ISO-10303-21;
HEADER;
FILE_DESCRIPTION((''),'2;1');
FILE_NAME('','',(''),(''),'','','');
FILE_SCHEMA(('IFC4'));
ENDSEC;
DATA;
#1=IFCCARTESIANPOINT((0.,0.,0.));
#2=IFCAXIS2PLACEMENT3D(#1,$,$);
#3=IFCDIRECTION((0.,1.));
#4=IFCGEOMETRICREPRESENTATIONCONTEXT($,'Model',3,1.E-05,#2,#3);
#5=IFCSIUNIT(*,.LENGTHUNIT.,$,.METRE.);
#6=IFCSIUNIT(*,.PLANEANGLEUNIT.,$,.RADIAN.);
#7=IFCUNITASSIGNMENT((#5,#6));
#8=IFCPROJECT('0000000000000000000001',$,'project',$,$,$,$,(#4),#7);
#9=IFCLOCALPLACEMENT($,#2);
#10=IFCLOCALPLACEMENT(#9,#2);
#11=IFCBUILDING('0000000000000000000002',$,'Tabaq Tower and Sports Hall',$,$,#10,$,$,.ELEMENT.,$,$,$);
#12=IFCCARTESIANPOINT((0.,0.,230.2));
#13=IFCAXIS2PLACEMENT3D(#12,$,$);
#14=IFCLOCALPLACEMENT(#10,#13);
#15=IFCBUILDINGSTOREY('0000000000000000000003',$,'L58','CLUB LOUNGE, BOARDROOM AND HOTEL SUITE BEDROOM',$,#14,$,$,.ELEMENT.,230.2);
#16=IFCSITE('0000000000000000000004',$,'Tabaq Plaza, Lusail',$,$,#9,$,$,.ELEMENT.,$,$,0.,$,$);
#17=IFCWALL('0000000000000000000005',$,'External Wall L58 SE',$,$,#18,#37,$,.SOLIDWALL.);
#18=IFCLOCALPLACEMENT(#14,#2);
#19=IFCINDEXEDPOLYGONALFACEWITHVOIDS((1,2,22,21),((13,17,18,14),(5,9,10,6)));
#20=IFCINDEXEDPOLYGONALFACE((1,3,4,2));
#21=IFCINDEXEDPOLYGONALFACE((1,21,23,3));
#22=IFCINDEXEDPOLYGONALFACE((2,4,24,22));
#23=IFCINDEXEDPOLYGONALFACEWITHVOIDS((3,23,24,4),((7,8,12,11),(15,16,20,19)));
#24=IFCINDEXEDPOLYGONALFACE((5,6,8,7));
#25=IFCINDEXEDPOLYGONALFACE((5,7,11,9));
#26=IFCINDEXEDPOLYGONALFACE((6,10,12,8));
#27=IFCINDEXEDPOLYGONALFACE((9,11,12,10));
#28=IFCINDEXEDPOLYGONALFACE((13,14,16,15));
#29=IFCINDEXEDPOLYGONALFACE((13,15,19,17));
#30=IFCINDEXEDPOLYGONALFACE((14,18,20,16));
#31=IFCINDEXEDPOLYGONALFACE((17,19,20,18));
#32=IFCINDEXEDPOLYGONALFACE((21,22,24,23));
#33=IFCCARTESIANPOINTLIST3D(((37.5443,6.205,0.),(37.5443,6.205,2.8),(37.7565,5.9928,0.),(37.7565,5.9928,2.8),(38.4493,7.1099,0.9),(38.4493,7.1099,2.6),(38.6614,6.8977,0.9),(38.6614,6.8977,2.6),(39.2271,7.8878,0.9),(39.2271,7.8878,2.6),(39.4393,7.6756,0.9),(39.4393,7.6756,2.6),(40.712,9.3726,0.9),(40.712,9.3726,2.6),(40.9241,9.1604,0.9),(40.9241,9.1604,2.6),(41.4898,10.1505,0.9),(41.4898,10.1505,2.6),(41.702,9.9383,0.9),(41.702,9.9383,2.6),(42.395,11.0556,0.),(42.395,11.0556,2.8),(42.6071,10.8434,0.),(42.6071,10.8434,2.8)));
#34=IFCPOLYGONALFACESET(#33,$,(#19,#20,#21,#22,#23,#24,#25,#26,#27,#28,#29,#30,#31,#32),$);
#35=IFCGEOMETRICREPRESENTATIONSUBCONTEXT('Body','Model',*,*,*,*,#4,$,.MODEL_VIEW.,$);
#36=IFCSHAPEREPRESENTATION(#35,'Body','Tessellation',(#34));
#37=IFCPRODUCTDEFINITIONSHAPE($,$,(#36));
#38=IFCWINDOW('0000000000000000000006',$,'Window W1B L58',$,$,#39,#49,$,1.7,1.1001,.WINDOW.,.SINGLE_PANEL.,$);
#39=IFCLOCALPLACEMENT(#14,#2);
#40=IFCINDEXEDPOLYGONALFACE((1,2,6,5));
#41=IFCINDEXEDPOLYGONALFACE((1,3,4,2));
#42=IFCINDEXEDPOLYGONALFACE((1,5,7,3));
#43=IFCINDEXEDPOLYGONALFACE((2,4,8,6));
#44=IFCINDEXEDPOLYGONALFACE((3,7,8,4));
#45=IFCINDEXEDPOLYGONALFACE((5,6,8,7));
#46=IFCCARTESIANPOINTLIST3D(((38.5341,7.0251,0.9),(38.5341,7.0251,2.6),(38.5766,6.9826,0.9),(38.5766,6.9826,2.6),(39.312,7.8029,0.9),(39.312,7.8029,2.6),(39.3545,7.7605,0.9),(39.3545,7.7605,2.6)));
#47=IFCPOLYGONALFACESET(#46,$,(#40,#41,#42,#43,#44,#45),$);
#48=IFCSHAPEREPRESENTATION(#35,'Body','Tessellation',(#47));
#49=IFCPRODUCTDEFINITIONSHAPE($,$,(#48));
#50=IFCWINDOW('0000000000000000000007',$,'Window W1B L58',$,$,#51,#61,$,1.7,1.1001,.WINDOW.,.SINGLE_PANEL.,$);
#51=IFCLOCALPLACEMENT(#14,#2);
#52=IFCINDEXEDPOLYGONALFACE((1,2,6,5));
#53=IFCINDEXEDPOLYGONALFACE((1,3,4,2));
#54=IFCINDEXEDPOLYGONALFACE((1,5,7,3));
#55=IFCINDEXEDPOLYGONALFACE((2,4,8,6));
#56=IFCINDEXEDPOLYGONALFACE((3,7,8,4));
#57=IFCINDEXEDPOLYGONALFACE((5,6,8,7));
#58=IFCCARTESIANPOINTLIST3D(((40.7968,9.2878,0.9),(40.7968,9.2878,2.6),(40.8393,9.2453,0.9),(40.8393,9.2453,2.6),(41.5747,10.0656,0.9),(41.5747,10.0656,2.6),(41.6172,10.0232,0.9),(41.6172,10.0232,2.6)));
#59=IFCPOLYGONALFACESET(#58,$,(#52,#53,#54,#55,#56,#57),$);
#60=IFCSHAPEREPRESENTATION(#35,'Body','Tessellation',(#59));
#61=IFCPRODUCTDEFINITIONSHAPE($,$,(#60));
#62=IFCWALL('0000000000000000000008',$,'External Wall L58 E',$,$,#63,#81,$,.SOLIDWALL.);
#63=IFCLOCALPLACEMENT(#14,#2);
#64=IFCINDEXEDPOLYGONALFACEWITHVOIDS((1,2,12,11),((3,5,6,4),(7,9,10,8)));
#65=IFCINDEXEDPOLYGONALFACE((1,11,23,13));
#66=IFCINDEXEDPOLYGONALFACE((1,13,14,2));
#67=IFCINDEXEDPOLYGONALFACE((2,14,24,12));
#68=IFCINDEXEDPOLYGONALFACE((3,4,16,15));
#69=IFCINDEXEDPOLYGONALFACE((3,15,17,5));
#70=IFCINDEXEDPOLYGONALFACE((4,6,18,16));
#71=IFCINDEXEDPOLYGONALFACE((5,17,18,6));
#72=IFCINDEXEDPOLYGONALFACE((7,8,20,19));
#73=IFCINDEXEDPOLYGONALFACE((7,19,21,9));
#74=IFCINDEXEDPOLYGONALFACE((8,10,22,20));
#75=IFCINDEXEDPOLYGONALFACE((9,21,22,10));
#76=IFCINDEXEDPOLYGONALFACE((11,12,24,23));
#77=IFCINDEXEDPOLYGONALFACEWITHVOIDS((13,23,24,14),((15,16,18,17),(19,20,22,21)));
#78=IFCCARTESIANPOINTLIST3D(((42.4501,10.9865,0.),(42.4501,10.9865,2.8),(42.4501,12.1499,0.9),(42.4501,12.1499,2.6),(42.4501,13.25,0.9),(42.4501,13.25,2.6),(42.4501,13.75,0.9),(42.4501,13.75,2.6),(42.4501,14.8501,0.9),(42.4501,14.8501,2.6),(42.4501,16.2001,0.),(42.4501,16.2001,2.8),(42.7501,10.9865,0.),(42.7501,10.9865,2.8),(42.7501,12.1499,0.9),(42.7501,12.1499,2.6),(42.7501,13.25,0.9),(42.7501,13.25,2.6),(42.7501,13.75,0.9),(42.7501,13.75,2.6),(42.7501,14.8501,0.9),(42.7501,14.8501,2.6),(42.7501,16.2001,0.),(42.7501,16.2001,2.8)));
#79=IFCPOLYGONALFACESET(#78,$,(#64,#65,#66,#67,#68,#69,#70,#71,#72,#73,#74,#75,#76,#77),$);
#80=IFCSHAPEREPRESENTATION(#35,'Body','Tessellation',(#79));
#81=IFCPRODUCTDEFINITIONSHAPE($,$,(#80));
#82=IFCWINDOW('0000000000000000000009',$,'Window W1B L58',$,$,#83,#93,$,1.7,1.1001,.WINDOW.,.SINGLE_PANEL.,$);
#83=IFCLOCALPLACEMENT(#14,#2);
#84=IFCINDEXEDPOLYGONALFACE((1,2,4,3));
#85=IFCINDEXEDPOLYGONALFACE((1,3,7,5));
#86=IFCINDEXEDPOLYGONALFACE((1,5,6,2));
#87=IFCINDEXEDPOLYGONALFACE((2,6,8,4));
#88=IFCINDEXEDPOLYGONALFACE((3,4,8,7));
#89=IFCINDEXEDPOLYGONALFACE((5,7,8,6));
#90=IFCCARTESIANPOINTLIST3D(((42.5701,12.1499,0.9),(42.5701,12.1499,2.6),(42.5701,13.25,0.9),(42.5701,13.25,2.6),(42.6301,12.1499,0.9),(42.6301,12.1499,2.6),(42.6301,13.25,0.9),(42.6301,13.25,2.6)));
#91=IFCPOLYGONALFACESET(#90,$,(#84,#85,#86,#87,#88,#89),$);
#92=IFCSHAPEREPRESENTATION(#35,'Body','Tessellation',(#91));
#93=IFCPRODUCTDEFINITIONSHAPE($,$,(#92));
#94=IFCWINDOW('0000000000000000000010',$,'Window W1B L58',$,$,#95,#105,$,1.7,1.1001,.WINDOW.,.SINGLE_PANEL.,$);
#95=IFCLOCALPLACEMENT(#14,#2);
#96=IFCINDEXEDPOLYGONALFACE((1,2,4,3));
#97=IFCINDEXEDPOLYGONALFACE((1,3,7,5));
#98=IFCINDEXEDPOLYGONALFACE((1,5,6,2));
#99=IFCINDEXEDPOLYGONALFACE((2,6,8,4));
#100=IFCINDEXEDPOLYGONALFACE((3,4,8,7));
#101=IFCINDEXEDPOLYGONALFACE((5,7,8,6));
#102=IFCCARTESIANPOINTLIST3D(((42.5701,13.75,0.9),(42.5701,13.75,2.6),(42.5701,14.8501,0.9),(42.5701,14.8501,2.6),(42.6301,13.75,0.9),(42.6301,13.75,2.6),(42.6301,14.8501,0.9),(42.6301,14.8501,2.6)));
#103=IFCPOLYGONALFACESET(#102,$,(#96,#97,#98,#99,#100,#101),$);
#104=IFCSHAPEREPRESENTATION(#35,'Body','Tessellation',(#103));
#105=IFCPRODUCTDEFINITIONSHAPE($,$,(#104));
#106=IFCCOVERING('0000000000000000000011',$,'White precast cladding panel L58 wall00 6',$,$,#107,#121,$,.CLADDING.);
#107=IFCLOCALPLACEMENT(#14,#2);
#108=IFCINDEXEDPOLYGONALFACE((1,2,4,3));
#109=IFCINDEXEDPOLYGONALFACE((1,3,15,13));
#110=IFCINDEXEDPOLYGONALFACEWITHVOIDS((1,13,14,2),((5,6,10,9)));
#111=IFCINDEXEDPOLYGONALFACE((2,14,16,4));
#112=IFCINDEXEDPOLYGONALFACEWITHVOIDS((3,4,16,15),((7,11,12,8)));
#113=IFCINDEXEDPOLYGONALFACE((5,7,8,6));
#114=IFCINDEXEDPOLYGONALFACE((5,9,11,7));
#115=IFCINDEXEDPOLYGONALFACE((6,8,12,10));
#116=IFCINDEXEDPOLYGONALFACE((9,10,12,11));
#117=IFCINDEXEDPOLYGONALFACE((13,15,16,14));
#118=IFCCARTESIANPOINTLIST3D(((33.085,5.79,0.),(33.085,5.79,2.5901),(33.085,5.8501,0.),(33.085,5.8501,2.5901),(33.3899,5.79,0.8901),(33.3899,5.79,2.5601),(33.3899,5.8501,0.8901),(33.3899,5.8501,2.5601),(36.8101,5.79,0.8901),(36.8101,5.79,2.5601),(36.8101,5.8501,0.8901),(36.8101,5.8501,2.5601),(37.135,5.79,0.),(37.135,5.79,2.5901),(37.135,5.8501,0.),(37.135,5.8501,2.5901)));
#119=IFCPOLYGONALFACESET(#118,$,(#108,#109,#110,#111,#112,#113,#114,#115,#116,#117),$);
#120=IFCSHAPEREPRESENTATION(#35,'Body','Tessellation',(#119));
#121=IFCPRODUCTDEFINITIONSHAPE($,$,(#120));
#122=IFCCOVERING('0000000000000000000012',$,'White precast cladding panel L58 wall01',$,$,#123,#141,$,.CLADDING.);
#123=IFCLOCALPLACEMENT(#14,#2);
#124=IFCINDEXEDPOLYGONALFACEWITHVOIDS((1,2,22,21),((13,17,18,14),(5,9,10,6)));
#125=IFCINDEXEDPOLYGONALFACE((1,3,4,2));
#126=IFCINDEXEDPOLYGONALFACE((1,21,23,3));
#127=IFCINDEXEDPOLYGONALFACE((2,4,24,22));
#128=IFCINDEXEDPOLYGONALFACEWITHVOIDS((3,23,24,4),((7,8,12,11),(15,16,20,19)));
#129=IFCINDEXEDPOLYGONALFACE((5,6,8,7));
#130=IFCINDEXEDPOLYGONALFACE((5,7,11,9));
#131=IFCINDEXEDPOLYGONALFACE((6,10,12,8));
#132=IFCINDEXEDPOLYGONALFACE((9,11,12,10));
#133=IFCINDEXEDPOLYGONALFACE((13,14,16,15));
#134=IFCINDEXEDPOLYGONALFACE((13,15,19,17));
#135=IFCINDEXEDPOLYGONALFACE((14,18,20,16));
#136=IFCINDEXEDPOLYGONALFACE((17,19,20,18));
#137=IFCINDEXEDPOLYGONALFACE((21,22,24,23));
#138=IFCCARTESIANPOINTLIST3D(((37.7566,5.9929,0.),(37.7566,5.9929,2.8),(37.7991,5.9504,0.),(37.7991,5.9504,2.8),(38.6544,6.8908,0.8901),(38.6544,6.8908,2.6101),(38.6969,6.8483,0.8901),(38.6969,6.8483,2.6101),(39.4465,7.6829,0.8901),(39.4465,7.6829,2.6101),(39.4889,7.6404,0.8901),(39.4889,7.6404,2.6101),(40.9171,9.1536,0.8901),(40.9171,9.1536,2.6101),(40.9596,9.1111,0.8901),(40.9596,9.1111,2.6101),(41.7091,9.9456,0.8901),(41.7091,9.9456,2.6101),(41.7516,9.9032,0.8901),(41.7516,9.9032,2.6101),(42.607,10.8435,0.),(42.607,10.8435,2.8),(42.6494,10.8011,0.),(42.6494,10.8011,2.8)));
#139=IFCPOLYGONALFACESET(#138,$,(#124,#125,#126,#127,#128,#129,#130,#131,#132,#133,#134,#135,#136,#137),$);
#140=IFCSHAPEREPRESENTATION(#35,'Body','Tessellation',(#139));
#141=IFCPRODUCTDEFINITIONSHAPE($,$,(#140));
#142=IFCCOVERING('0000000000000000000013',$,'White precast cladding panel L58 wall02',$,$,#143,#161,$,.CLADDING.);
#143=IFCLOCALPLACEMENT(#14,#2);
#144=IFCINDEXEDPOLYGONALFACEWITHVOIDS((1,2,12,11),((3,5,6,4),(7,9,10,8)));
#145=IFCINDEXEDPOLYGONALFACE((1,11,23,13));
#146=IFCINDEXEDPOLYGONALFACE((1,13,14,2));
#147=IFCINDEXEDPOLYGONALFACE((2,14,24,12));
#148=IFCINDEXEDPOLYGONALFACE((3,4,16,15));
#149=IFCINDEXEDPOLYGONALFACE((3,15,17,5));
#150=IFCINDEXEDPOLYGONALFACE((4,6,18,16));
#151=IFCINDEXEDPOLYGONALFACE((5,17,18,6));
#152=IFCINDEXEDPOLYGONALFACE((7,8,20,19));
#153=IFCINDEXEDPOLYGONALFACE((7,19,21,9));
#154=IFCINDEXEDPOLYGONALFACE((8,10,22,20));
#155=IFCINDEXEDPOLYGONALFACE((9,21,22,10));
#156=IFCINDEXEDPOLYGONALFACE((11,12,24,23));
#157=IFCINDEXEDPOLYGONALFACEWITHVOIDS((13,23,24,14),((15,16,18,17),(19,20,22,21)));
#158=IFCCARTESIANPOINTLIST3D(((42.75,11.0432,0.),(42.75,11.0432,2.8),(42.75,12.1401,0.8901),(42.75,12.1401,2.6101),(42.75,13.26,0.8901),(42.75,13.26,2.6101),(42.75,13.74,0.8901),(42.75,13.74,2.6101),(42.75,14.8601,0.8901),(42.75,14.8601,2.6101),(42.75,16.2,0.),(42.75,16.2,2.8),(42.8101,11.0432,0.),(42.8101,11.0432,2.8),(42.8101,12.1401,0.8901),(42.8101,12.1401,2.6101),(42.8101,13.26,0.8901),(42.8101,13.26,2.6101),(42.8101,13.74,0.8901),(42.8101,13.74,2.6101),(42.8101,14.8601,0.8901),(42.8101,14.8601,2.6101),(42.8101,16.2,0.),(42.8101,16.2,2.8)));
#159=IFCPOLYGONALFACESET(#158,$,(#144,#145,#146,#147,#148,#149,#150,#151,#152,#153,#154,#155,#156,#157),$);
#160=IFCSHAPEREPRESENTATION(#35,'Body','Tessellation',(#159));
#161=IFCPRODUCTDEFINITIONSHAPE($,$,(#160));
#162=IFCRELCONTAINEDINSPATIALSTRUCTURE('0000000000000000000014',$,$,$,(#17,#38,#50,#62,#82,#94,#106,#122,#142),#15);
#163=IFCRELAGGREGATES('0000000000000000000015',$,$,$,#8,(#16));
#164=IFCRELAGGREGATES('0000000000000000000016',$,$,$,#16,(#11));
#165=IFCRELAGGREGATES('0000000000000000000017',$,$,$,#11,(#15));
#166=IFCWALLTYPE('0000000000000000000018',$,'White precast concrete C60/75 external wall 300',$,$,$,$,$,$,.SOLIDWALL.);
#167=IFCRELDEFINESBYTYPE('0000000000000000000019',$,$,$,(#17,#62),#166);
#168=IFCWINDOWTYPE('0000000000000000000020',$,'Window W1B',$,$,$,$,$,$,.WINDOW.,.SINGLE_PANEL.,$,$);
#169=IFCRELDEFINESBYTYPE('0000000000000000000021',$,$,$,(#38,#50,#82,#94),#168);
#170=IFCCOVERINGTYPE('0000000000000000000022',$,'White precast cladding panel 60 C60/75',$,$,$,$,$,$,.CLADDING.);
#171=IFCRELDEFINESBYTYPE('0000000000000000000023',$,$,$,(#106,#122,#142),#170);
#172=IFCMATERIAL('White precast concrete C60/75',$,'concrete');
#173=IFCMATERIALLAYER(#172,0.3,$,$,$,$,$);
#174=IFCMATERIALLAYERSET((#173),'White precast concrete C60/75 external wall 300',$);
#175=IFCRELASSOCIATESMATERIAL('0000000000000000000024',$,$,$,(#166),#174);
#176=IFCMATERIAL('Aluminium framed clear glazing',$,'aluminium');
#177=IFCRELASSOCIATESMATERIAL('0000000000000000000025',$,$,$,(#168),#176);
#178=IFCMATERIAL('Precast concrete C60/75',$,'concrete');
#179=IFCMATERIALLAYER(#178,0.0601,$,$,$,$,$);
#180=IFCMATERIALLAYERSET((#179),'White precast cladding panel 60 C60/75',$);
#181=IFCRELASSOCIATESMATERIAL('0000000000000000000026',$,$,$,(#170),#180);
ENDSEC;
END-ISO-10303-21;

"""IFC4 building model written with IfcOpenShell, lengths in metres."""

from ifc_helpers import new_model, si_unit, direction, frame, frame_2d, origin, place, context, subcontext, project, spatial, polyline, rectangle, outline, extrude, material, layer, layer_set, type_object, element, fill, save


model = new_model("IFC4")

# Units and contexts
model_context = context("Model", 3, precision=1e-05, world=origin(), true_north=direction((0.0, 1.0)))
body_context = subcontext(model_context, "Body", "Model", "MODEL_VIEW")
ifc_project = project(units=[si_unit("LENGTHUNIT", "METRE"), si_unit("PLANEANGLEUNIT", "RADIAN")], contexts=[model_context])

# Site, building, storey
site_placement = place(None, origin())
site = spatial("IfcSite", under=ifc_project, at=site_placement, Name="Tabaq Plaza, Lusail", CompositionType="ELEMENT", RefElevation=0.0)
building_placement = place(site_placement, origin())
building = spatial("IfcBuilding", under=site, at=building_placement, Name="Tabaq Tower and Sports Hall", CompositionType="ELEMENT")
storey_placement = place(building_placement, frame((0.0, 0.0, 230.2)))
storey = spatial("IfcBuildingStorey", under=building, at=storey_placement, Name="L58", Description="CLUB LOUNGE, BOARDROOM AND HOTEL SUITE BEDROOM", CompositionType="ELEMENT", Elevation=230.2)

# Walls, openings, windows
ifc_material_1 = material(Name="White precast concrete C60/75", Category="concrete")
ifc_layer_1 = layer(ifc_material_1, 0.3)
ifc_layer_set_1 = layer_set([ifc_layer_1], Name="White precast concrete C60/75 external wall 300")
wall_type_1 = type_object("IfcWallType", Name="White precast concrete C60/75 external wall 300", PredefinedType="SOLIDWALL", material=ifc_layer_set_1)
wall_1_placement = place(storey_placement, frame((37.6504, 6.0989, 0.0), z_axis=(0.0, 0.0, 1.0), x_axis=(0.707107, 0.707107, 0.0)))
wall_1 = element("IfcWall", 1, at=wall_1_placement, inside=storey, type_object=wall_type_1, Name="External Wall L58 SE", PredefinedType="SOLIDWALL", context=body_context, shape_type="SweptSolid", body=[
    extrude(rectangle(XDim=6.8599, YDim=0.3, at=frame_2d((3.4299, 0.0))), origin(), (0.0, 0.0, 1.0), 2.8),
])
opening_1_placement = place(wall_1_placement, frame((1.2798, 0.0, 0.8999)))
opening_1 = element("IfcOpeningElement", 2, at=opening_1_placement, cuts=wall_1, PredefinedType="OPENING", context=body_context, shape_type="SweptSolid", body=[
    extrude(rectangle(XDim=1.1001, YDim=1.7, at=frame_2d((0.55, 0.8501))), frame((0.0, 0.1602, 0.0), z_axis=(0.0, -1.0, 0.0), x_axis=(1.0, 0.0, 0.0)), (0.0, 0.0, 1.0), 0.3201),
])
opening_2_placement = place(wall_1_placement, frame((4.4797, 0.0, 0.8999)))
opening_2 = element("IfcOpeningElement", 3, at=opening_2_placement, cuts=wall_1, PredefinedType="OPENING", context=body_context, shape_type="SweptSolid", body=[
    extrude(rectangle(XDim=1.1001, YDim=1.7, at=frame_2d((0.55, 0.8501))), frame((0.0, 0.1602, 0.0), z_axis=(0.0, -1.0, 0.0), x_axis=(1.0, 0.0, 0.0)), (0.0, 0.0, 1.0), 0.3201),
])
ifc_material_2 = material(Name="Aluminium framed clear glazing", Category="aluminium")
window_type = type_object("IfcWindowType", Name="Window W1B", PartitioningType="SINGLE_PANEL", PredefinedType="WINDOW", material=ifc_material_2)
window_1_placement = place(opening_1_placement, origin())
window_1 = element("IfcWindow", 4, at=window_1_placement, inside=storey, type_object=window_type, Name="Window W1B L58", OverallHeight=1.7, OverallWidth=1.1001, PartitioningType="SINGLE_PANEL", PredefinedType="WINDOW", context=body_context, shape_type="SweptSolid", body=[
    extrude(rectangle(XDim=1.1001, YDim=1.7, at=frame_2d((0.55, 0.8501))), frame((0.0, 0.03, 0.0), z_axis=(0.0, -1.0, 0.0), x_axis=(1.0, 0.0, 0.0)), (0.0, 0.0, 1.0), 0.0601),
])
fill(opening_1, window_1)
window_2_placement = place(opening_2_placement, origin())
window_2 = element("IfcWindow", 5, at=window_2_placement, inside=storey, type_object=window_type, Name="Window W1B L58", OverallHeight=1.7, OverallWidth=1.1001, PartitioningType="SINGLE_PANEL", PredefinedType="WINDOW", context=body_context, shape_type="SweptSolid", body=[
    extrude(rectangle(XDim=1.1001, YDim=1.7, at=frame_2d((0.55, 0.8501))), frame((0.0, 0.03, 0.0), z_axis=(0.0, -1.0, 0.0), x_axis=(1.0, 0.0, 0.0)), (0.0, 0.0, 1.0), 0.0601),
])
fill(opening_2, window_2)
wall_2_placement = place(storey_placement, frame((42.6001, 10.9863, 0.0), z_axis=(0.0, 0.0, 1.0), x_axis=(0.0, 1.0, 0.0)))
wall_2 = element("IfcWall", 6, at=wall_2_placement, inside=storey, type_object=wall_type_1, Name="External Wall L58 E", PredefinedType="SOLIDWALL", context=body_context, shape_type="SweptSolid", body=[
    extrude(rectangle(XDim=5.2136, YDim=0.3, at=frame_2d((2.6069, 0.0))), origin(), (0.0, 0.0, 1.0), 2.8),
])
opening_3_placement = place(wall_2_placement, frame((1.1636, 0.0, 0.8999)))
opening_3 = element("IfcOpeningElement", 7, at=opening_3_placement, cuts=wall_2, PredefinedType="OPENING", context=body_context, shape_type="SweptSolid", body=[
    extrude(rectangle(XDim=1.1001, YDim=1.7, at=frame_2d((0.55, 0.8501))), frame((0.0, 0.1602, 0.0), z_axis=(0.0, -1.0, 0.0), x_axis=(1.0, 0.0, 0.0)), (0.0, 0.0, 1.0), 0.3201),
])
opening_4_placement = place(wall_2_placement, frame((2.7637, 0.0, 0.8999)))
opening_4 = element("IfcOpeningElement", 8, at=opening_4_placement, cuts=wall_2, PredefinedType="OPENING", context=body_context, shape_type="SweptSolid", body=[
    extrude(rectangle(XDim=1.1001, YDim=1.7, at=frame_2d((0.55, 0.8501))), frame((0.0, 0.1602, 0.0), z_axis=(0.0, -1.0, 0.0), x_axis=(1.0, 0.0, 0.0)), (0.0, 0.0, 1.0), 0.3201),
])
window_3_placement = place(opening_3_placement, origin())
window_3 = element("IfcWindow", 9, at=window_3_placement, inside=storey, type_object=window_type, Name="Window W1B L58", OverallHeight=1.7, OverallWidth=1.1001, PartitioningType="SINGLE_PANEL", PredefinedType="WINDOW", context=body_context, shape_type="SweptSolid", body=[
    extrude(rectangle(XDim=1.1001, YDim=1.7, at=frame_2d((0.55, 0.8501))), frame((0.0, 0.03, 0.0), z_axis=(0.0, -1.0, 0.0), x_axis=(1.0, 0.0, 0.0)), (0.0, 0.0, 1.0), 0.0601),
])
fill(opening_3, window_3)
window_4_placement = place(opening_4_placement, origin())
window_4 = element("IfcWindow", 10, at=window_4_placement, inside=storey, type_object=window_type, Name="Window W1B L58", OverallHeight=1.7, OverallWidth=1.1001, PartitioningType="SINGLE_PANEL", PredefinedType="WINDOW", context=body_context, shape_type="SweptSolid", body=[
    extrude(rectangle(XDim=1.1001, YDim=1.7, at=frame_2d((0.55, 0.8501))), frame((0.0, 0.03, 0.0), z_axis=(0.0, -1.0, 0.0), x_axis=(1.0, 0.0, 0.0)), (0.0, 0.0, 1.0), 0.0601),
])
fill(opening_4, window_4)

# Coverings
ifc_material_3 = material(Name="Precast concrete C60/75", Category="concrete")
ifc_layer_2 = layer(ifc_material_3, 0.0601)
ifc_layer_set_2 = layer_set([ifc_layer_2], Name="White precast cladding panel 60 C60/75")
covering_type = type_object("IfcCoveringType", Name="White precast cladding panel 60 C60/75", PredefinedType="CLADDING", material=ifc_layer_set_2)
covering_1_placement = place(storey_placement, frame((33.085, 5.8201, 0.0), z_axis=(0.0, 0.0, 1.0), x_axis=(1.0, 0.0, 0.0)))
element("IfcCovering", 11, at=covering_1_placement, inside=storey, type_object=covering_type, Name="White precast cladding panel L58 wall00 6", PredefinedType="CLADDING", context=body_context, shape_type="SweptSolid", body=[
    extrude(outline(polyline([(0.0, 0.0), (4.05, 0.0), (4.05, 2.5901), (0.0, 2.5901), (0.0, 0.0)]), holes=[polyline([(3.7251, 0.8901), (0.3049, 0.8901), (0.3049, 2.5601), (3.7251, 2.5601), (3.7251, 0.8901)])]), frame((0.0, 0.03, 0.0), z_axis=(0.0, -1.0, 0.0), x_axis=(1.0, 0.0, 0.0)), (0.0, 0.0, 1.0), 0.0601),
])
covering_2_placement = place(storey_placement, frame((37.7778, 5.9717, 0.0), z_axis=(0.0, 0.0, 1.0), x_axis=(0.707089, 0.707125, 0.0)))
element("IfcCovering", 12, at=covering_2_placement, inside=storey, type_object=covering_type, Name="White precast cladding panel L58 wall01", PredefinedType="CLADDING", context=body_context, shape_type="SweptSolid", body=[
    extrude(outline(polyline([(0.0, 0.0), (6.8596, 0.0), (6.8596, 2.8), (0.0, 2.8), (0.0, 0.0)]), holes=[polyline([(1.2698, 2.6101), (2.3899, 2.6101), (2.3899, 0.8901), (1.2698, 0.8901), (1.2698, 2.6101)]), polyline([(4.4697, 2.6101), (5.5898, 2.6101), (5.5898, 0.8901), (4.4697, 0.8901), (4.4697, 2.6101)])]), frame((0.0, 0.03, 0.0), z_axis=(0.0, -1.0, 0.0), x_axis=(1.0, 0.0, 0.0)), (0.0, 0.0, 1.0), 0.0601),
])
covering_3_placement = place(storey_placement, frame((42.78, 11.0432, 0.0), z_axis=(0.0, 0.0, 1.0), x_axis=(0.0, 1.0, 0.0)))
element("IfcCovering", 13, at=covering_3_placement, inside=storey, type_object=covering_type, Name="White precast cladding panel L58 wall02", PredefinedType="CLADDING", context=body_context, shape_type="SweptSolid", body=[
    extrude(outline(polyline([(0.0, 0.0), (5.1567, 0.0), (5.1567, 2.8), (0.0, 2.8), (0.0, 0.0)]), holes=[polyline([(1.0969, 2.6101), (2.2168, 2.6101), (2.2168, 0.8901), (1.0969, 0.8901), (1.0969, 2.6101)]), polyline([(2.6968, 2.6101), (3.8169, 2.6101), (3.8169, 0.8901), (2.6968, 0.8901), (2.6968, 2.6101)])]), frame((0.0, 0.03, 0.0), z_axis=(0.0, -1.0, 0.0), x_axis=(1.0, 0.0, 0.0)), (0.0, 0.0, 1.0), 0.0601),
])

save(model, "model.ifc")
